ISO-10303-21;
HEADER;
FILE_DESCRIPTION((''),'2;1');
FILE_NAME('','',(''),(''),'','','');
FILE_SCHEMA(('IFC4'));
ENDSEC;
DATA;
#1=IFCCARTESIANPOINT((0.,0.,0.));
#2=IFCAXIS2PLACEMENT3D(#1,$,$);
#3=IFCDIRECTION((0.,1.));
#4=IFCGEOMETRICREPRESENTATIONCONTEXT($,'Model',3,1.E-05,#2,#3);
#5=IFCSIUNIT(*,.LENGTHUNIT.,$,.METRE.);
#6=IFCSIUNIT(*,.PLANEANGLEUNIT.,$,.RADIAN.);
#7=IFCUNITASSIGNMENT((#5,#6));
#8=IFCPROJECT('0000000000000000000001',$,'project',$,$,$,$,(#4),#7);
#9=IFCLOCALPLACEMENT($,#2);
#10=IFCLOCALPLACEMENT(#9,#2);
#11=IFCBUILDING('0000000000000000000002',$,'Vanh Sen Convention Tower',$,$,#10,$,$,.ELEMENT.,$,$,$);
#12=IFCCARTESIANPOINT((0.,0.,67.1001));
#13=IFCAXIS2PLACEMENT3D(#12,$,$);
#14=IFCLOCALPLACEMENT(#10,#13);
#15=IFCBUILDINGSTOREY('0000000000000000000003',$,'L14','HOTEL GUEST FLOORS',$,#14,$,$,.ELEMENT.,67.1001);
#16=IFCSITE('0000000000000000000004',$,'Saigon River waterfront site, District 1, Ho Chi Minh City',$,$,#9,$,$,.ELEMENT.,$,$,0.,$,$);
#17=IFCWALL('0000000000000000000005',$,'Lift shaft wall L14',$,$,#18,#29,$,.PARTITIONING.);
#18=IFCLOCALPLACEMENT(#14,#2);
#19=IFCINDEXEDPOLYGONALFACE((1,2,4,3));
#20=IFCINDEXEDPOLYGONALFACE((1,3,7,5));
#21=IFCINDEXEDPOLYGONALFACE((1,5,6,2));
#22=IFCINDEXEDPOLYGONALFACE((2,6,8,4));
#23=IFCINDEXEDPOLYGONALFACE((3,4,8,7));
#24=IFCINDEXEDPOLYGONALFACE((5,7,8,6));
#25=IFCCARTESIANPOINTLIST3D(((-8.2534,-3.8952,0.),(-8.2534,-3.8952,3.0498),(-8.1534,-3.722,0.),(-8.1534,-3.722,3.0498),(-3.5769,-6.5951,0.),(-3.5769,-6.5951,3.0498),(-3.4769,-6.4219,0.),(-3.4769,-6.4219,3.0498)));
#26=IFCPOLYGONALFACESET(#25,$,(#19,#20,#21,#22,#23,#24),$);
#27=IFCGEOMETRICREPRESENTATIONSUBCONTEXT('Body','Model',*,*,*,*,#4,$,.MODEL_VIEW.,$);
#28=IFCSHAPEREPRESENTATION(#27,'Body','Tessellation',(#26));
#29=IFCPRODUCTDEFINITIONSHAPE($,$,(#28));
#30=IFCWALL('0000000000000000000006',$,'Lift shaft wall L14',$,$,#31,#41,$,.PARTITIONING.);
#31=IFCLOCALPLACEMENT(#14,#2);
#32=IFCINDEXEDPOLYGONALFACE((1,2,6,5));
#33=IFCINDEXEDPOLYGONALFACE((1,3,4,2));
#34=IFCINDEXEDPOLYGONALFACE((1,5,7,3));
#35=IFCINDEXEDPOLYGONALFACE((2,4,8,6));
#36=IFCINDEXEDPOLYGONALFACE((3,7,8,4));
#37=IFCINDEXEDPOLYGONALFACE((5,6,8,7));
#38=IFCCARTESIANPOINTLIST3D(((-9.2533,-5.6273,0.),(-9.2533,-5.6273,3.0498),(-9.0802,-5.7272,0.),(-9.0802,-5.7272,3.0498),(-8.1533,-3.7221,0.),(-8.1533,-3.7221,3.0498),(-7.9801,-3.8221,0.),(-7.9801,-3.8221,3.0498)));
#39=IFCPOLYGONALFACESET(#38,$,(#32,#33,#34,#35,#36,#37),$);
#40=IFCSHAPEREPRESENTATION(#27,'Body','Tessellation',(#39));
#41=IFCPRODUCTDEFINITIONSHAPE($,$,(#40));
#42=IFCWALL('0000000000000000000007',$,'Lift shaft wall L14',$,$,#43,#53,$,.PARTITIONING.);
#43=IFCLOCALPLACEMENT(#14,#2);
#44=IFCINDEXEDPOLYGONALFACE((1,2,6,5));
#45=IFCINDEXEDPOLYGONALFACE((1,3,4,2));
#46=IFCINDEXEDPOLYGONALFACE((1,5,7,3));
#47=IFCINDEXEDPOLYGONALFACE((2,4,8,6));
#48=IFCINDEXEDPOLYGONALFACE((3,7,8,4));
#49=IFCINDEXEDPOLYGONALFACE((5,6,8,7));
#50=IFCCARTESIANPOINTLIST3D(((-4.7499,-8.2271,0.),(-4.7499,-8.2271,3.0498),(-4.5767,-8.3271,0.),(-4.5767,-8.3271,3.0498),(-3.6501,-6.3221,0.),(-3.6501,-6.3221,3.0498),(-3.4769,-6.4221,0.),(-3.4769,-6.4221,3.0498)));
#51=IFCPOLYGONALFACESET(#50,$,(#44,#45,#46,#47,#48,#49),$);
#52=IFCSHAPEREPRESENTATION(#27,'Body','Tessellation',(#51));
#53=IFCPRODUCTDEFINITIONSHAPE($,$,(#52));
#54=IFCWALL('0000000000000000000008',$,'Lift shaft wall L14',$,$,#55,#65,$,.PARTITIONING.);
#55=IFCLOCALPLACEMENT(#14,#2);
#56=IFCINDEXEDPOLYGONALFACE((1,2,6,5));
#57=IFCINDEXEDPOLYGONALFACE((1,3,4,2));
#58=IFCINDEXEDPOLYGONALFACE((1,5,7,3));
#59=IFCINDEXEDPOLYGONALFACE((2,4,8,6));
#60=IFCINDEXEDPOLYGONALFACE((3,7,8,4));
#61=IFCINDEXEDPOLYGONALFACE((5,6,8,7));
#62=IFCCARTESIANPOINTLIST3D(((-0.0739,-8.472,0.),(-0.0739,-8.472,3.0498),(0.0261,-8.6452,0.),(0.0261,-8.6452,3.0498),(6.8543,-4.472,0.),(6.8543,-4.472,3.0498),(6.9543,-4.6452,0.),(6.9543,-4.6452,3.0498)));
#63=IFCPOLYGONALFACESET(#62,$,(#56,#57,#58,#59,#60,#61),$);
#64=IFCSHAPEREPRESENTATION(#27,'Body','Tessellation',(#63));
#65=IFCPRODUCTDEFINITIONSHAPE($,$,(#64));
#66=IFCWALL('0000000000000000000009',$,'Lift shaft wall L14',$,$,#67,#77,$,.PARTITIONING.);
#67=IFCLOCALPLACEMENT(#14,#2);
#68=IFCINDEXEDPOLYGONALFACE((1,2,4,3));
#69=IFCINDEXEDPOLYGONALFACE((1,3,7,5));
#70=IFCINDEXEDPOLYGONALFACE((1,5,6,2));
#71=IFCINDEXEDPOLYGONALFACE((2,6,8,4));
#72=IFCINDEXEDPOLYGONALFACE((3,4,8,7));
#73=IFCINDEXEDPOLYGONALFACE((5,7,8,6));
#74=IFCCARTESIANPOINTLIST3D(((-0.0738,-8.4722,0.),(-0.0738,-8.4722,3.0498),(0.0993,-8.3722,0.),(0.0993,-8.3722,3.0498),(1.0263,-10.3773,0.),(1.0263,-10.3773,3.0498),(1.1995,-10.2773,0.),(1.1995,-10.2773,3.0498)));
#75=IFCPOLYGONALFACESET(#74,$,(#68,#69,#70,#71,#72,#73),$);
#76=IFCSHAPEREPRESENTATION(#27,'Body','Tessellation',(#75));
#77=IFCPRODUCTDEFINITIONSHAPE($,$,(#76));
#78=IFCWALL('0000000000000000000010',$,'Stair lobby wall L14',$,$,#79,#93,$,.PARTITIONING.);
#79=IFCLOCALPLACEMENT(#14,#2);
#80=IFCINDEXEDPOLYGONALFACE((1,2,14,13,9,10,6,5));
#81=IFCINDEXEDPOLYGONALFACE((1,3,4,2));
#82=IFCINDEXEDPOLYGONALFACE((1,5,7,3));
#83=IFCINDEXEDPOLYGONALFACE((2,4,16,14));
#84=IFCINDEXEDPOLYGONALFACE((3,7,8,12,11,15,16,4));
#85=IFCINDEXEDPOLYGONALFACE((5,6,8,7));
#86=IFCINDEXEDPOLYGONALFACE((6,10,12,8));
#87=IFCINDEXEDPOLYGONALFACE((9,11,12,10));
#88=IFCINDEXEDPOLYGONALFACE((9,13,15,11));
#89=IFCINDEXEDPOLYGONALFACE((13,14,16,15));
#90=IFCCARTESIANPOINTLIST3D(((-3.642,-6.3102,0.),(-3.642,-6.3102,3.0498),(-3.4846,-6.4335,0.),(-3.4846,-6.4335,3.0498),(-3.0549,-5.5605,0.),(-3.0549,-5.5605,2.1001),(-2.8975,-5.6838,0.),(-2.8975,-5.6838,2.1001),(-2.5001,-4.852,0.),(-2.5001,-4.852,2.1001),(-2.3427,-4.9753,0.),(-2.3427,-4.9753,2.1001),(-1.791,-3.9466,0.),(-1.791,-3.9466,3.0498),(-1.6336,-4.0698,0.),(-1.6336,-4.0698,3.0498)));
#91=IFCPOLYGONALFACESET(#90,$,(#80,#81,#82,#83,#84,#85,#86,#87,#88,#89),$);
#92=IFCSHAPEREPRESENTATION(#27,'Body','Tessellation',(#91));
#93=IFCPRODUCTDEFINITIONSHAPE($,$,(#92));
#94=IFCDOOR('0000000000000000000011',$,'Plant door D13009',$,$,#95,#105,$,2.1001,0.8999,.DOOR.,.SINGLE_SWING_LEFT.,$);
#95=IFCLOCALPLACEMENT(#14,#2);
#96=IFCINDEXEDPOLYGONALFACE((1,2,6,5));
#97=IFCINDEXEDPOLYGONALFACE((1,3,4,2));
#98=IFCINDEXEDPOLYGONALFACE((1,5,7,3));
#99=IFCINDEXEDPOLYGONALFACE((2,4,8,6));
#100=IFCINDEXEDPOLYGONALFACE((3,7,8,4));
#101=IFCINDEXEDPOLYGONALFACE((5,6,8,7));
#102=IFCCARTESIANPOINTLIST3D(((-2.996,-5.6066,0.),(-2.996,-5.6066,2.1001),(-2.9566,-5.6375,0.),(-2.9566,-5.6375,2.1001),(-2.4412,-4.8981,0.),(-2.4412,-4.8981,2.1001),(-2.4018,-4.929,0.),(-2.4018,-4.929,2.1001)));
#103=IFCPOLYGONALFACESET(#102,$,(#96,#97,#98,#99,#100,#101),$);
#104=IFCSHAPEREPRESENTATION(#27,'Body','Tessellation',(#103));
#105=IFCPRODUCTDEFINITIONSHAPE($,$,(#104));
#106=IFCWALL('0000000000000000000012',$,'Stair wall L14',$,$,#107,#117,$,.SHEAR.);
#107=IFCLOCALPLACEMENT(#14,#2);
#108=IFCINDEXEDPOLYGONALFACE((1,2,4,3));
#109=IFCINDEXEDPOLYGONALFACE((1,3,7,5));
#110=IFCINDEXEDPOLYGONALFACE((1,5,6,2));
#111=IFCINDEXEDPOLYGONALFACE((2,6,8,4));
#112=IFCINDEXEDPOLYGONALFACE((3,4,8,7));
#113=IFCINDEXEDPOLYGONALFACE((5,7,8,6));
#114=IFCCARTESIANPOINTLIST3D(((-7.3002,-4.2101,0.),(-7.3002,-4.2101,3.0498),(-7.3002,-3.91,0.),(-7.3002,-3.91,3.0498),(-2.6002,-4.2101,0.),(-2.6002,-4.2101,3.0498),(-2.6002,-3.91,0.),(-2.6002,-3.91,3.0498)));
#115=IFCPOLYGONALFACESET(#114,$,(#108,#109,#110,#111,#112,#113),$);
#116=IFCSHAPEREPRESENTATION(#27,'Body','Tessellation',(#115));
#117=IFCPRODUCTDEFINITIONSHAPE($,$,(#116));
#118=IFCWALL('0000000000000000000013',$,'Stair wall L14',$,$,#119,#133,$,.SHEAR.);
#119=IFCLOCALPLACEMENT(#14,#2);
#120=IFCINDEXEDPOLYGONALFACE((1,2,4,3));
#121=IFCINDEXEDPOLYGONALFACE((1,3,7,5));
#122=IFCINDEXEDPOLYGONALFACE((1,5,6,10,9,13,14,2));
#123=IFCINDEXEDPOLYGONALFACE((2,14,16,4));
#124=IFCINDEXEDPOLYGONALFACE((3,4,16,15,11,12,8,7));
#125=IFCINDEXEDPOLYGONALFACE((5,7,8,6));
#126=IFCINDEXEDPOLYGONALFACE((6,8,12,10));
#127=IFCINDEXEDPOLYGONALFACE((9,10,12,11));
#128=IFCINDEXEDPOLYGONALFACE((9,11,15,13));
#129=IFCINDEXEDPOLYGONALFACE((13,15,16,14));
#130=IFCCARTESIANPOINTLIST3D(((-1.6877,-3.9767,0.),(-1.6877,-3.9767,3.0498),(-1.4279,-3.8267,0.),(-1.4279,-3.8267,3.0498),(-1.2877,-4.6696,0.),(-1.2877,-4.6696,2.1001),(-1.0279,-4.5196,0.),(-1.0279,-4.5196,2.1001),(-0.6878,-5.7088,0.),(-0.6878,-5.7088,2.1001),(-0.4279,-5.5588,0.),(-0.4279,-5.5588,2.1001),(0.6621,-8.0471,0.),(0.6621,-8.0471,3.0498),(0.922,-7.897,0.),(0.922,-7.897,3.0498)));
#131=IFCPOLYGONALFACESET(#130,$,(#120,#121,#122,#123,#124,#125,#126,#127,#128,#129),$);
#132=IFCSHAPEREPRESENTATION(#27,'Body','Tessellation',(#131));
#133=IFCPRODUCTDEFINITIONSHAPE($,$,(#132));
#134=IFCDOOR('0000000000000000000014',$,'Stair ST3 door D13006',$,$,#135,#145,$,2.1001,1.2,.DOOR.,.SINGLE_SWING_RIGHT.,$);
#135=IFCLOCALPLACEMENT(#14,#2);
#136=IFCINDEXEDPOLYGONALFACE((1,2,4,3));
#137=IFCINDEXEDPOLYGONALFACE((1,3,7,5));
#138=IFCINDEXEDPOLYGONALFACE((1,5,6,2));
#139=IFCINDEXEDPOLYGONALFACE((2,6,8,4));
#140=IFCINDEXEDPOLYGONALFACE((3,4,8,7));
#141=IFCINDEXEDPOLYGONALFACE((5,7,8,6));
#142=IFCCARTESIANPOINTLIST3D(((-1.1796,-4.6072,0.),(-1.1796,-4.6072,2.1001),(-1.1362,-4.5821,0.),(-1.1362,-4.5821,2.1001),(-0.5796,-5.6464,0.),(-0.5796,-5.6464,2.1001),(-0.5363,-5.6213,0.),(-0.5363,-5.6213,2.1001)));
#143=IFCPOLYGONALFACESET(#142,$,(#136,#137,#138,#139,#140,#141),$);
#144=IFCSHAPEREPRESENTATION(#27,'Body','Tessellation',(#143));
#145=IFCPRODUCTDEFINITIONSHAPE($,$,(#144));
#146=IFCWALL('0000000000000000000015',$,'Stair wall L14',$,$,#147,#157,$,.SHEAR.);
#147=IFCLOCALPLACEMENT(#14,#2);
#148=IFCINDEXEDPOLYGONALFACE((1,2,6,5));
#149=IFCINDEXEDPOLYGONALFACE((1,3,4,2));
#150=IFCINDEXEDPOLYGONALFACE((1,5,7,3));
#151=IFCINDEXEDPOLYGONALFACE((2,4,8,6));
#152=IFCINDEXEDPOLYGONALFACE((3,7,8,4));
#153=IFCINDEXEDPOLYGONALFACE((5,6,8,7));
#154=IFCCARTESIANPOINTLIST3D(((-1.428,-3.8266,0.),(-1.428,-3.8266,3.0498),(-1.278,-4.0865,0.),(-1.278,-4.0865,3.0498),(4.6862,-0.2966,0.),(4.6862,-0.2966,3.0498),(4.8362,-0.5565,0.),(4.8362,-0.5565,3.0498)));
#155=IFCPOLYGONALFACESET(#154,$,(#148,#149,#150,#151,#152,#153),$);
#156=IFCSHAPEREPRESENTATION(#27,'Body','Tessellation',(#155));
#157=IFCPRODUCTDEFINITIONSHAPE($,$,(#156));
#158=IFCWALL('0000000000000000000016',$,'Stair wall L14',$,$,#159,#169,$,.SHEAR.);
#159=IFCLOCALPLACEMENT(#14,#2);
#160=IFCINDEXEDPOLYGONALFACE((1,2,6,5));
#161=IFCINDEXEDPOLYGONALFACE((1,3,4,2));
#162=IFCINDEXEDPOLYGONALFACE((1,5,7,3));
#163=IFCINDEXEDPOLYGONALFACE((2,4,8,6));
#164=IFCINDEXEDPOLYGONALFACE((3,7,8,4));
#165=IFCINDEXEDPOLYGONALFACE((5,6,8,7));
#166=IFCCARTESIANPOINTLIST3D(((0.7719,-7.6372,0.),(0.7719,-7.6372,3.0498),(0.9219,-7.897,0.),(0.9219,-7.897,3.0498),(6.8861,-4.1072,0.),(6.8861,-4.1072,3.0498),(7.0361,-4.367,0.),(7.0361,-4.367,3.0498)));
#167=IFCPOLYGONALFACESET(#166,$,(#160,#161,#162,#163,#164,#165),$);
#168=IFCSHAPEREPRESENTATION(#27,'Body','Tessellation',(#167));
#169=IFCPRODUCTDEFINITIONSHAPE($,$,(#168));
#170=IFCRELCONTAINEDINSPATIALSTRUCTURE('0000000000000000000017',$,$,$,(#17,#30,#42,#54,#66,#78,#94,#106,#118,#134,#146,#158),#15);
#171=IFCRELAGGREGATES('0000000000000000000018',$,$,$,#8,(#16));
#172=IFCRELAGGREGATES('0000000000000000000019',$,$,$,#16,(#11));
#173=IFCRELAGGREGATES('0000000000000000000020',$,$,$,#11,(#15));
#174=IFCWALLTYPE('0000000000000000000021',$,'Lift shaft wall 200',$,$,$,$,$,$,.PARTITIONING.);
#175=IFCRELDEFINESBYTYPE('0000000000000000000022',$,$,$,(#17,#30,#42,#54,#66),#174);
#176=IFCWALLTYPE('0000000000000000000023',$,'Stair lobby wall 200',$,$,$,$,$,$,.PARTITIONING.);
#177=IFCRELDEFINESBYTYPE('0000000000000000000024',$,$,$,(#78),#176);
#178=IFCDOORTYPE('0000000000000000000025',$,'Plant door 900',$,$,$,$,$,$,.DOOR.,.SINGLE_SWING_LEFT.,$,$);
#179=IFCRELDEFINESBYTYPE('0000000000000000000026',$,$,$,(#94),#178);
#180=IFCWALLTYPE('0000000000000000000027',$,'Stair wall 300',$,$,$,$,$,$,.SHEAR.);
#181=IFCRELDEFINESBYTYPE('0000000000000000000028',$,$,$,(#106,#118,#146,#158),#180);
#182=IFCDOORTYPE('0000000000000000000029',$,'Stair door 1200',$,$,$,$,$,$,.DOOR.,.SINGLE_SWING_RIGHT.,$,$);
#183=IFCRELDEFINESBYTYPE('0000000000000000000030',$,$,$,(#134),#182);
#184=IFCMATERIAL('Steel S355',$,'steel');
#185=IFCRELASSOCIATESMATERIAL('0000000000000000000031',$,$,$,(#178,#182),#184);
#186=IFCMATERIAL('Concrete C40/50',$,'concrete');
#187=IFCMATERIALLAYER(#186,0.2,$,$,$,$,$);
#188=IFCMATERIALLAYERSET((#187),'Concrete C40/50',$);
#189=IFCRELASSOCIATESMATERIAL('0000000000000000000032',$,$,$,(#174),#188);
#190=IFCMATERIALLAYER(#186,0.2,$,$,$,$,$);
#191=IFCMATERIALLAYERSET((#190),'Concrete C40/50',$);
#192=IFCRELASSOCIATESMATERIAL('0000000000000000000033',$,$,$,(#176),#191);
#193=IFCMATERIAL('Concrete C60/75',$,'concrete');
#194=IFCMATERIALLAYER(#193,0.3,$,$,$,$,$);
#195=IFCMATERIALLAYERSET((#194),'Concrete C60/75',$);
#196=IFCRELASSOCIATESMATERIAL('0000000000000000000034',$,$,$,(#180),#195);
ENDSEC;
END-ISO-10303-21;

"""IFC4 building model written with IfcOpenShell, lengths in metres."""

from ifc_helpers import new_model, si_unit, direction, frame, frame_2d, origin, place, context, subcontext, project, spatial, rectangle, extrude, material, layer, layer_set, type_object, element, fill, save


model = new_model("IFC4")

# Units and contexts
model_context = context("Model", 3, precision=1e-05, world=origin(), true_north=direction((0.0, 1.0)))
body_context = subcontext(model_context, "Body", "Model", "MODEL_VIEW")
ifc_project = project(units=[si_unit("LENGTHUNIT", "METRE"), si_unit("PLANEANGLEUNIT", "RADIAN")], contexts=[model_context])

# Site, building, storey
site_placement = place(None, origin())
site = spatial("IfcSite", under=ifc_project, at=site_placement, Name="Saigon River waterfront site, District 1, Ho Chi Minh City", CompositionType="ELEMENT", RefElevation=0.0)
building_placement = place(site_placement, origin())
building = spatial("IfcBuilding", under=site, at=building_placement, Name="Vanh Sen Convention Tower", CompositionType="ELEMENT")
storey_placement = place(building_placement, frame((0.0, 0.0, 67.1001)))
storey = spatial("IfcBuildingStorey", under=building, at=storey_placement, Name="L14", Description="HOTEL GUEST FLOORS", CompositionType="ELEMENT", Elevation=67.1001)

# Shared definitions
ifc_material_1 = material(Name="Concrete C40/50", Category="concrete")

# Shared definitions
ifc_material_2 = material(Name="Steel S355", Category="steel")
door_type_1 = type_object("IfcDoorType", Name="Plant door 900", OperationType="SINGLE_SWING_LEFT", PredefinedType="DOOR", material=ifc_material_2)

# Walls
ifc_layer_1 = layer(ifc_material_1, 0.2)
ifc_layer_set_1 = layer_set([ifc_layer_1], Name="Concrete C40/50")
wall_type_1 = type_object("IfcWallType", Name="Lift shaft wall 200", PredefinedType="PARTITIONING", material=ifc_layer_set_1)
wall_1_placement = place(storey_placement, frame((-8.2034, -3.8086, 0.0), z_axis=(0.0, 0.0, 1.0), x_axis=(0.866028, -0.499995, 0.0)))
element("IfcWall", 1, at=wall_1_placement, inside=storey, type_object=wall_type_1, Name="Lift shaft wall L14", PredefinedType="PARTITIONING", context=body_context, shape_type="SweptSolid", body=[
    extrude(rectangle(XDim=5.3999, YDim=0.2, at=frame_2d((2.7, 0.0))), origin(), (0.0, 0.0, 1.0), 3.0498),
])
wall_2_placement = place(storey_placement, frame((-8.0667, -3.772, 0.0), z_axis=(0.0, 0.0, 1.0), x_axis=(-0.50003, -0.866008, 0.0)))
element("IfcWall", 2, at=wall_2_placement, inside=storey, type_object=wall_type_1, Name="Lift shaft wall L14", PredefinedType="PARTITIONING", context=body_context, shape_type="SweptSolid", body=[
    extrude(rectangle(XDim=2.2, YDim=0.2, at=frame_2d((1.1001, 0.0))), origin(), (0.0, 0.0, 1.0), 3.0498),
])
wall_3_placement = place(storey_placement, frame((-3.5635, -6.3721, 0.0), z_axis=(0.0, 0.0, 1.0), x_axis=(-0.499995, -0.866028, 0.0)))
element("IfcWall", 3, at=wall_3_placement, inside=storey, type_object=wall_type_1, Name="Lift shaft wall L14", PredefinedType="PARTITIONING", context=body_context, shape_type="SweptSolid", body=[
    extrude(rectangle(XDim=2.1997, YDim=0.2, at=frame_2d((1.0999, 0.0))), origin(), (0.0, 0.0, 1.0), 3.0498),
])
wall_4_placement = place(storey_placement, frame((-0.0239, -8.5586, 0.0), z_axis=(0.0, 0.0, 1.0), x_axis=(0.866026, 0.499999, 0.0)))
element("IfcWall", 4, at=wall_4_placement, inside=storey, type_object=wall_type_1, Name="Lift shaft wall L14", PredefinedType="PARTITIONING", context=body_context, shape_type="SweptSolid", body=[
    extrude(rectangle(XDim=8.0, YDim=0.2, at=frame_2d((4.0, 0.0))), origin(), (0.0, 0.0, 1.0), 3.0498),
])
wall_5_placement = place(storey_placement, frame((0.0127, -8.4221, 0.0), z_axis=(0.0, 0.0, 1.0), x_axis=(0.500078, -0.86598, 0.0)))
element("IfcWall", 5, at=wall_5_placement, inside=storey, type_object=wall_type_1, Name="Lift shaft wall L14", PredefinedType="PARTITIONING", context=body_context, shape_type="SweptSolid", body=[
    extrude(rectangle(XDim=2.2, YDim=0.2, at=frame_2d((1.1001, 0.0))), origin(), (0.0, 0.0, 1.0), 3.0498),
])

# Wall, opening, door
ifc_layer_2 = layer(ifc_material_1, 0.2)
ifc_layer_set_2 = layer_set([ifc_layer_2], Name="Concrete C40/50")
wall_type_2 = type_object("IfcWallType", Name="Stair lobby wall 200", PredefinedType="PARTITIONING", material=ifc_layer_set_2)
wall_6_placement = place(storey_placement, frame((-1.7124, -4.0083, 0.0), z_axis=(0.0, 0.0, 1.0), x_axis=(-0.616549, -0.787316, 0.0)))
wall_6 = element("IfcWall", 6, at=wall_6_placement, inside=storey, type_object=wall_type_2, Name="Stair lobby wall L14", PredefinedType="PARTITIONING", context=body_context, shape_type="SweptSolid", body=[
    extrude(rectangle(XDim=3.0022, YDim=0.2, at=frame_2d((1.501, 0.0))), origin(), (0.0, 0.0, 1.0), 3.0498),
])
opening_1_placement = place(wall_6_placement, frame((1.1499, 0.0, 0.0)))
opening_1 = element("IfcOpeningElement", 7, at=opening_1_placement, cuts=wall_6, PredefinedType="OPENING", context=body_context, shape_type="SweptSolid", body=[
    extrude(rectangle(XDim=0.8999, YDim=2.1001, at=frame_2d((0.45, 1.05))), frame((0.0, 0.1099, 0.0), z_axis=(0.0, -1.0, 0.0), x_axis=(1.0, 0.0, 0.0)), (0.0, 0.0, 1.0), 0.22),
])
door_1_placement = place(opening_1_placement, origin())
door_1 = element("IfcDoor", 8, at=door_1_placement, inside=storey, type_object=door_type_1, Name="Plant door D13009", OperationType="SINGLE_SWING_LEFT", OverallHeight=2.1001, OverallWidth=0.8999, PredefinedType="DOOR", context=body_context, shape_type="SweptSolid", body=[
    extrude(rectangle(XDim=0.8999, YDim=2.1001, at=frame_2d((0.45, 1.05))), frame((0.0, 0.0249, 0.0), z_axis=(0.0, -1.0, 0.0), x_axis=(1.0, 0.0, 0.0)), (0.0, 0.0, 1.0), 0.05),
])
fill(opening_1, door_1)

# Wall
ifc_material_3 = material(Name="Concrete C60/75", Category="concrete")
ifc_layer_3 = layer(ifc_material_3, 0.3)
ifc_layer_set_3 = layer_set([ifc_layer_3], Name="Concrete C60/75")
wall_type_3 = type_object("IfcWallType", Name="Stair wall 300", PredefinedType="SHEAR", material=ifc_layer_set_3)
wall_7_placement = place(storey_placement, frame((-2.6001, -4.0601, 0.0), z_axis=(0.0, 0.0, 1.0), x_axis=(-1.0, 0.0, 0.0)))
element("IfcWall", 9, at=wall_7_placement, inside=storey, type_object=wall_type_3, Name="Stair wall L14", PredefinedType="SHEAR", context=body_context, shape_type="SweptSolid", body=[
    extrude(rectangle(XDim=4.7, YDim=0.3, at=frame_2d((2.3501, 0.0))), origin(), (0.0, 0.0, 1.0), 3.0498),
])

# Wall, opening, door
wall_8_placement = place(storey_placement, frame((-1.5579, -3.9016, 0.0), z_axis=(0.0, 0.0, 1.0), x_axis=(0.499977, -0.866039, 0.0)))
wall_8 = element("IfcWall", 10, at=wall_8_placement, inside=storey, type_object=wall_type_3, Name="Stair wall L14", PredefinedType="SHEAR", context=body_context, shape_type="SweptSolid", body=[
    extrude(rectangle(XDim=4.7, YDim=0.3, at=frame_2d((2.3501, 0.0))), origin(), (0.0, 0.0, 1.0), 3.0498),
])
opening_2_placement = place(wall_8_placement, frame((0.8, 0.0, 0.0)))
opening_2 = element("IfcOpeningElement", 11, at=opening_2_placement, cuts=wall_8, PredefinedType="OPENING", context=body_context, shape_type="SweptSolid", body=[
    extrude(rectangle(XDim=1.2, YDim=2.1001, at=frame_2d((0.6001, 1.05))), frame((0.0, 0.1599, 0.0), z_axis=(0.0, -1.0, 0.0), x_axis=(1.0, 0.0, 0.0)), (0.0, 0.0, 1.0), 0.3201),
])
door_type_2 = type_object("IfcDoorType", Name="Stair door 1200", OperationType="SINGLE_SWING_RIGHT", PredefinedType="DOOR", material=ifc_material_2)
door_2_placement = place(opening_2_placement, origin())
door_2 = element("IfcDoor", 12, at=door_2_placement, inside=storey, type_object=door_type_2, Name="Stair ST3 door D13006", OperationType="SINGLE_SWING_RIGHT", OverallHeight=2.1001, OverallWidth=1.2, PredefinedType="DOOR", context=body_context, shape_type="SweptSolid", body=[
    extrude(rectangle(XDim=1.2, YDim=2.1001, at=frame_2d((0.6001, 1.05))), frame((0.0, 0.0249, 0.0), z_axis=(0.0, -1.0, 0.0), x_axis=(1.0, 0.0, 0.0)), (0.0, 0.0, 1.0), 0.05),
])
fill(opening_2, door_2)

# Walls
for number, where, z_axis, x_axis, name in (
    (13, (-1.353, -3.9565, 0.0), (0.0, 0.0, 1.0), (0.866028, 0.499996, 0.0), "Stair wall L14"),
    (14, (0.8469, -7.7671, 0.0), (0.0, 0.0, 1.0), (0.866028, 0.499996, 0.0), "Stair wall L14"),
):
    element("IfcWall", number, at=place(storey_placement, frame(where, z_axis=z_axis, x_axis=x_axis)), inside=storey, type_object=wall_type_3, Name=name, PredefinedType="SHEAR", context=body_context, shape_type="SweptSolid", body=[
        extrude(rectangle(XDim=7.0601, YDim=0.3, at=frame_2d((3.53, 0.0))), origin(), (0.0, 0.0, 1.0), 3.0498),
    ])

save(model, "model.ifc")
